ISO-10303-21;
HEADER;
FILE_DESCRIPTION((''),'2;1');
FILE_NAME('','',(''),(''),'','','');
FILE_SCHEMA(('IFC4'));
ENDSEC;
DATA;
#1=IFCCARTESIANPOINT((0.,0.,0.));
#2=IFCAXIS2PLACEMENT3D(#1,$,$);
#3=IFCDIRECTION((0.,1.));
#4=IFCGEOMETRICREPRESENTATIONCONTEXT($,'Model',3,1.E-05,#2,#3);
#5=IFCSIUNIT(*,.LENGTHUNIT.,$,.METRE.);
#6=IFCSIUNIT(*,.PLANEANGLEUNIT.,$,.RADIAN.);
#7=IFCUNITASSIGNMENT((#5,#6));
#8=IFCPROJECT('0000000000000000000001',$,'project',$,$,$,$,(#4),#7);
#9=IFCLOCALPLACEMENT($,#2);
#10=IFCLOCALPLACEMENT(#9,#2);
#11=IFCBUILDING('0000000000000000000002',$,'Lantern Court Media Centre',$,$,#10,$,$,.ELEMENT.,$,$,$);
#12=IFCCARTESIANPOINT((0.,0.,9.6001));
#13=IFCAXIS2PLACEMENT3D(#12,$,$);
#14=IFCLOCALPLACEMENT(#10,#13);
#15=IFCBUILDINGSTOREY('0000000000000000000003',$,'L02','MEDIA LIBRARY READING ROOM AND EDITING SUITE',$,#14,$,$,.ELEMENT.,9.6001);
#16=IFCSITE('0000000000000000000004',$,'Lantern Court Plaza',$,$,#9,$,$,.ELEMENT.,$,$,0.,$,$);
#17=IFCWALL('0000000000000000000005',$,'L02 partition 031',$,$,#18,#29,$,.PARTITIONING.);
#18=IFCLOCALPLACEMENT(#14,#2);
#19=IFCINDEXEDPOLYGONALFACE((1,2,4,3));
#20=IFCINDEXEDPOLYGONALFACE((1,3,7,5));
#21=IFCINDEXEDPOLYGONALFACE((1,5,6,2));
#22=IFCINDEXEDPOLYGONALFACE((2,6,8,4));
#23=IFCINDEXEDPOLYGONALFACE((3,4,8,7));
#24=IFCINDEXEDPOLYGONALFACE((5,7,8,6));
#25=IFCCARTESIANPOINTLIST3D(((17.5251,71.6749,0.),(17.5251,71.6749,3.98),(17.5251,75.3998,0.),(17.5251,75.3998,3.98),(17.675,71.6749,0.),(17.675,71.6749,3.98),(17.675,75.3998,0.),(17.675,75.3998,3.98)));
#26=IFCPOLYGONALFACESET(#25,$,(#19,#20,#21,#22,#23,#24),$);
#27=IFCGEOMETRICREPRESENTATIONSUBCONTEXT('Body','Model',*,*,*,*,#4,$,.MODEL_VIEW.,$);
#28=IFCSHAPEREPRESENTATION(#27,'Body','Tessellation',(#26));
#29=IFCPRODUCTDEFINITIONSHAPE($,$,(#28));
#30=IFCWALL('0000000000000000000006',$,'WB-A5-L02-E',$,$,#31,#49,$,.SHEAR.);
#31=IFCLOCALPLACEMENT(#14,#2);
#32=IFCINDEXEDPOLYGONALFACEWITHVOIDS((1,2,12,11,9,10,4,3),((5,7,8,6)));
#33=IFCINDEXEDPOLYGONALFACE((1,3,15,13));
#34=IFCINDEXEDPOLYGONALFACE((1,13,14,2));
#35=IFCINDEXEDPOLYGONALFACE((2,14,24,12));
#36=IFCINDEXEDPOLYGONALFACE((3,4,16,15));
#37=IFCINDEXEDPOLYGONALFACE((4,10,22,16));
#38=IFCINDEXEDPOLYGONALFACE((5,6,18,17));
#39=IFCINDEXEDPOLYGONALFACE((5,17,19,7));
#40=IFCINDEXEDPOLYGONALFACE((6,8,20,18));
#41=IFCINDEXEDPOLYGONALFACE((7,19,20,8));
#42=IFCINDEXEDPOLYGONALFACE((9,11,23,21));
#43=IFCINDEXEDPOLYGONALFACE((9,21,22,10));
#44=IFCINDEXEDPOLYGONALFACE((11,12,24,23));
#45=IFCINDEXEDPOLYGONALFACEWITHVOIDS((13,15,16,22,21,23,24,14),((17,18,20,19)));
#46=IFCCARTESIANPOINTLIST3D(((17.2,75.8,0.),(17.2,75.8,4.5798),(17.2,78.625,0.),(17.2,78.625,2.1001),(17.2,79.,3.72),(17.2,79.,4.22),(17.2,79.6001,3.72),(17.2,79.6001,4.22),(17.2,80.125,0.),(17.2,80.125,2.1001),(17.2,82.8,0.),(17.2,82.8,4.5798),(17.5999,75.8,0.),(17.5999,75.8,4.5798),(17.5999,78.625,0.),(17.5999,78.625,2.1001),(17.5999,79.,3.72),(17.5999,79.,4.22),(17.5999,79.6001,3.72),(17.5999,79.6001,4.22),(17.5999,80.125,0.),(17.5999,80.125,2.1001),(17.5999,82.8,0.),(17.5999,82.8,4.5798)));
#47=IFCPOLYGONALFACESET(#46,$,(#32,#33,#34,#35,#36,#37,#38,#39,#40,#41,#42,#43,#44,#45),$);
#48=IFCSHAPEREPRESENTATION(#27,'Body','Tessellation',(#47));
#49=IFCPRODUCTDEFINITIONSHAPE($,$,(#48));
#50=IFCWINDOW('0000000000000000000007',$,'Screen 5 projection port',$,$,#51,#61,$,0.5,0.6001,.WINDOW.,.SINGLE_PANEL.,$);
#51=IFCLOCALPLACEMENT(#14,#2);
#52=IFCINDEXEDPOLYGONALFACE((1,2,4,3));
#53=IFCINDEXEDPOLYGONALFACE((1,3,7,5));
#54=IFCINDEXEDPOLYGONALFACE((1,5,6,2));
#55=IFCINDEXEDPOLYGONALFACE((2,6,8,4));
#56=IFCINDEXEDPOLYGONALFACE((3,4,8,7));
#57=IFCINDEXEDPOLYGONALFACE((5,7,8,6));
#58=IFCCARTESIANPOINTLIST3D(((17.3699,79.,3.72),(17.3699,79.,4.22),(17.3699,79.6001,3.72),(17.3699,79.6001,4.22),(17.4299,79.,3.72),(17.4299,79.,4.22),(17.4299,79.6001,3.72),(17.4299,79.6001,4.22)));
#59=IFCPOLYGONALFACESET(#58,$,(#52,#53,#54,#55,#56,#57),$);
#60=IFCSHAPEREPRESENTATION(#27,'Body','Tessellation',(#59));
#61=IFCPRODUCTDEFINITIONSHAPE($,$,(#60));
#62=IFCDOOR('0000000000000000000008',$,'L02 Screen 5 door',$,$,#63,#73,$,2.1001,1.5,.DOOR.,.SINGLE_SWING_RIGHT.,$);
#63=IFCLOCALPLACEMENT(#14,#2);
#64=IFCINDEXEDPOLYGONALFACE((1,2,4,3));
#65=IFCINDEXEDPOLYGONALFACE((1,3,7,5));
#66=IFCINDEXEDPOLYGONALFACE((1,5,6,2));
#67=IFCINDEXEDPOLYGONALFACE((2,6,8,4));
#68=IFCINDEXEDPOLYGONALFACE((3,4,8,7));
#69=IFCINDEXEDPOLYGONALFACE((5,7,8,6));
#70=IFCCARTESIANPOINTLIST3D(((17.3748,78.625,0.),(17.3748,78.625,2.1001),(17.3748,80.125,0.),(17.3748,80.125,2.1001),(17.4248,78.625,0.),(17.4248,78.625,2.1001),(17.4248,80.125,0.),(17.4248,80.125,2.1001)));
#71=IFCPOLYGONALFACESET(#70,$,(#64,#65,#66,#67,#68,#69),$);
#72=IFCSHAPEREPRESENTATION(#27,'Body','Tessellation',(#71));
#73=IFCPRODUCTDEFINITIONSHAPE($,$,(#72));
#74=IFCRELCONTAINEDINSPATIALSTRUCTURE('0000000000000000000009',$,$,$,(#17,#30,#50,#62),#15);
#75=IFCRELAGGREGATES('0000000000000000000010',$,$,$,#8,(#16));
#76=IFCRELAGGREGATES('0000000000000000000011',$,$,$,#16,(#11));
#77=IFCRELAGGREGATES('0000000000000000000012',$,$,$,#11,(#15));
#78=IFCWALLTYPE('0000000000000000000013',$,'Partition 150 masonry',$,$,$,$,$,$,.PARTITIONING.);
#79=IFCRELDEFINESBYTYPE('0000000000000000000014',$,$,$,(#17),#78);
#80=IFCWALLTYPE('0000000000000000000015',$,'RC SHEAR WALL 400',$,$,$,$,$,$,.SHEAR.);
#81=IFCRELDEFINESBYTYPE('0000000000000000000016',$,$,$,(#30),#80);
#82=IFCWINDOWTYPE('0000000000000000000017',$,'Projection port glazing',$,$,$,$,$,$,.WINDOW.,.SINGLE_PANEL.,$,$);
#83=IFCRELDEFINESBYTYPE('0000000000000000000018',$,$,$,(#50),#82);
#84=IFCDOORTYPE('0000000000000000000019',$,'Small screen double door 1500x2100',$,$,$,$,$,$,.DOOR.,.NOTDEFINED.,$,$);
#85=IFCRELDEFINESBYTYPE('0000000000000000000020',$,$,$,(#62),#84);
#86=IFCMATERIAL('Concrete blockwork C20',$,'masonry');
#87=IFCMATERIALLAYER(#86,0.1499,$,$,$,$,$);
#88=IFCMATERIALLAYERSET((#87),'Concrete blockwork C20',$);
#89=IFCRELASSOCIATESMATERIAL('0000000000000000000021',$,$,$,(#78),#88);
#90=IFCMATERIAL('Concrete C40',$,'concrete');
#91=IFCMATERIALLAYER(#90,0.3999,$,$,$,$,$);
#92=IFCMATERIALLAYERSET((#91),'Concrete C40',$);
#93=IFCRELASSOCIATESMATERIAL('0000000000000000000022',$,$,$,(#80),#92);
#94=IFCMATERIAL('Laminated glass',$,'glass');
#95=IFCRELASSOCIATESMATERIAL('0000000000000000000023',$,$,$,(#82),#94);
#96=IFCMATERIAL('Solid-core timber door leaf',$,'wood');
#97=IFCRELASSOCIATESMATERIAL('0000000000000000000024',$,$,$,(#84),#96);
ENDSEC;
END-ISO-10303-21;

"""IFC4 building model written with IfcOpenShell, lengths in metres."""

from ifc_helpers import new_model, si_unit, direction, frame, frame_2d, origin, place, context, subcontext, project, spatial, rectangle, extrude, material, layer, layer_set, type_object, element, fill, save


model = new_model("IFC4")

# Units and contexts
model_context = context("Model", 3, precision=1e-05, world=origin(), true_north=direction((0.0, 1.0)))
body_context = subcontext(model_context, "Body", "Model", "MODEL_VIEW")
ifc_project = project(units=[si_unit("LENGTHUNIT", "METRE"), si_unit("PLANEANGLEUNIT", "RADIAN")], contexts=[model_context])

# Site, building, storey
site_placement = place(None, origin())
site = spatial("IfcSite", under=ifc_project, at=site_placement, Name="Lantern Court Plaza", CompositionType="ELEMENT", RefElevation=0.0)
building_placement = place(site_placement, origin())
building = spatial("IfcBuilding", under=site, at=building_placement, Name="Lantern Court Media Centre", CompositionType="ELEMENT")
storey_placement = place(building_placement, frame((0.0, 0.0, 9.6001)))
storey = spatial("IfcBuildingStorey", under=building, at=storey_placement, Name="L02", Description="MEDIA LIBRARY READING ROOM AND EDITING SUITE", CompositionType="ELEMENT", Elevation=9.6001)

# Wall
ifc_material_1 = material(Name="Concrete blockwork C20", Category="masonry")
ifc_layer_1 = layer(ifc_material_1, 0.1499)
ifc_layer_set_1 = layer_set([ifc_layer_1], Name="Concrete blockwork C20")
wall_type_1 = type_object("IfcWallType", Name="Partition 150 masonry", PredefinedType="PARTITIONING", material=ifc_layer_set_1)
wall_1_placement = place(storey_placement, frame((17.6001, 71.675, 0.0), z_axis=(0.0, 0.0, 1.0), x_axis=(0.0, 1.0, 0.0)))
element("IfcWall", 1, at=wall_1_placement, inside=storey, type_object=wall_type_1, Name="L02 partition 031", PredefinedType="PARTITIONING", context=body_context, shape_type="SweptSolid", body=[
    extrude(rectangle(XDim=3.7249, YDim=0.1499, at=frame_2d((1.8623, 0.0))), origin(), (0.0, 0.0, 1.0), 3.98),
])

# Wall, openings, window, door
ifc_material_2 = material(Name="Concrete C40", Category="concrete")
ifc_layer_2 = layer(ifc_material_2, 0.3999)
ifc_layer_set_2 = layer_set([ifc_layer_2], Name="Concrete C40")
wall_type_2 = type_object("IfcWallType", Name="RC SHEAR WALL 400", PredefinedType="SHEAR", material=ifc_layer_set_2)
wall_2_placement = place(storey_placement, frame((17.3999, 75.8, 0.0), z_axis=(0.0, 0.0, 1.0), x_axis=(0.0, 1.0, 0.0)))
wall_2 = element("IfcWall", 2, at=wall_2_placement, inside=storey, type_object=wall_type_2, Name="WB-A5-L02-E", PredefinedType="SHEAR", context=body_context, shape_type="SweptSolid", body=[
    extrude(rectangle(XDim=7.0, YDim=0.3999, at=frame_2d((3.5, 0.0))), origin(), (0.0, 0.0, 1.0), 4.5798),
])
opening_1_placement = place(wall_2_placement, frame((2.825, 0.0, 0.0)))
opening_1 = element("IfcOpeningElement", 3, at=opening_1_placement, cuts=wall_2, PredefinedType="OPENING", context=body_context, shape_type="SweptSolid", body=[
    extrude(rectangle(XDim=1.5, YDim=2.1001, at=frame_2d((0.75, 1.05))), frame((0.0, 0.21, 0.0), z_axis=(0.0, -1.0, 0.0), x_axis=(1.0, 0.0, 0.0)), (0.0, 0.0, 1.0), 0.4199),
])
opening_2_placement = place(wall_2_placement, frame((3.2, 0.0, 3.72)))
opening_2 = element("IfcOpeningElement", 4, at=opening_2_placement, cuts=wall_2, PredefinedType="OPENING", context=body_context, shape_type="SweptSolid", body=[
    extrude(rectangle(XDim=0.6001, YDim=0.5, at=frame_2d((0.3, 0.25))), frame((0.0, 0.21, 0.0), z_axis=(0.0, -1.0, 0.0), x_axis=(1.0, 0.0, 0.0)), (0.0, 0.0, 1.0), 0.4199),
])
ifc_material_3 = material(Name="Laminated glass", Category="glass")
window_type = type_object("IfcWindowType", Name="Projection port glazing", PartitioningType="SINGLE_PANEL", PredefinedType="WINDOW", material=ifc_material_3)
window_placement = place(opening_2_placement, origin())
window = element("IfcWindow", 5, at=window_placement, inside=storey, type_object=window_type, Name="Screen 5 projection port", OverallHeight=0.5, OverallWidth=0.6001, PartitioningType="SINGLE_PANEL", PredefinedType="WINDOW", context=body_context, shape_type="SweptSolid", body=[
    extrude(rectangle(XDim=0.6001, YDim=0.5, at=frame_2d((0.3, 0.25))), frame((0.0, 0.03, 0.0), z_axis=(0.0, -1.0, 0.0), x_axis=(1.0, 0.0, 0.0)), (0.0, 0.0, 1.0), 0.0601),
])
fill(opening_2, window)
ifc_material_4 = material(Name="Solid-core timber door leaf", Category="wood")
door_type = type_object("IfcDoorType", Name="Small screen double door 1500x2100", OperationType="NOTDEFINED", PredefinedType="DOOR", material=ifc_material_4)
door_placement = place(opening_1_placement, frame((1.5, 0.0, 0.0), z_axis=(0.0, 0.0, 1.0), x_axis=(-1.0, 0.0, 0.0)))
door = element("IfcDoor", 6, at=door_placement, inside=storey, type_object=door_type, Name="L02 Screen 5 door", OperationType="SINGLE_SWING_RIGHT", OverallHeight=2.1001, OverallWidth=1.5, PredefinedType="DOOR", context=body_context, shape_type="SweptSolid", body=[
    extrude(rectangle(XDim=1.5, YDim=2.1001, at=frame_2d((0.75, 1.05))), frame((0.0, 0.0249, 0.0), z_axis=(0.0, -1.0, 0.0), x_axis=(1.0, 0.0, 0.0)), (0.0, 0.0, 1.0), 0.05),
])
fill(opening_1, door)

save(model, "model.ifc")
